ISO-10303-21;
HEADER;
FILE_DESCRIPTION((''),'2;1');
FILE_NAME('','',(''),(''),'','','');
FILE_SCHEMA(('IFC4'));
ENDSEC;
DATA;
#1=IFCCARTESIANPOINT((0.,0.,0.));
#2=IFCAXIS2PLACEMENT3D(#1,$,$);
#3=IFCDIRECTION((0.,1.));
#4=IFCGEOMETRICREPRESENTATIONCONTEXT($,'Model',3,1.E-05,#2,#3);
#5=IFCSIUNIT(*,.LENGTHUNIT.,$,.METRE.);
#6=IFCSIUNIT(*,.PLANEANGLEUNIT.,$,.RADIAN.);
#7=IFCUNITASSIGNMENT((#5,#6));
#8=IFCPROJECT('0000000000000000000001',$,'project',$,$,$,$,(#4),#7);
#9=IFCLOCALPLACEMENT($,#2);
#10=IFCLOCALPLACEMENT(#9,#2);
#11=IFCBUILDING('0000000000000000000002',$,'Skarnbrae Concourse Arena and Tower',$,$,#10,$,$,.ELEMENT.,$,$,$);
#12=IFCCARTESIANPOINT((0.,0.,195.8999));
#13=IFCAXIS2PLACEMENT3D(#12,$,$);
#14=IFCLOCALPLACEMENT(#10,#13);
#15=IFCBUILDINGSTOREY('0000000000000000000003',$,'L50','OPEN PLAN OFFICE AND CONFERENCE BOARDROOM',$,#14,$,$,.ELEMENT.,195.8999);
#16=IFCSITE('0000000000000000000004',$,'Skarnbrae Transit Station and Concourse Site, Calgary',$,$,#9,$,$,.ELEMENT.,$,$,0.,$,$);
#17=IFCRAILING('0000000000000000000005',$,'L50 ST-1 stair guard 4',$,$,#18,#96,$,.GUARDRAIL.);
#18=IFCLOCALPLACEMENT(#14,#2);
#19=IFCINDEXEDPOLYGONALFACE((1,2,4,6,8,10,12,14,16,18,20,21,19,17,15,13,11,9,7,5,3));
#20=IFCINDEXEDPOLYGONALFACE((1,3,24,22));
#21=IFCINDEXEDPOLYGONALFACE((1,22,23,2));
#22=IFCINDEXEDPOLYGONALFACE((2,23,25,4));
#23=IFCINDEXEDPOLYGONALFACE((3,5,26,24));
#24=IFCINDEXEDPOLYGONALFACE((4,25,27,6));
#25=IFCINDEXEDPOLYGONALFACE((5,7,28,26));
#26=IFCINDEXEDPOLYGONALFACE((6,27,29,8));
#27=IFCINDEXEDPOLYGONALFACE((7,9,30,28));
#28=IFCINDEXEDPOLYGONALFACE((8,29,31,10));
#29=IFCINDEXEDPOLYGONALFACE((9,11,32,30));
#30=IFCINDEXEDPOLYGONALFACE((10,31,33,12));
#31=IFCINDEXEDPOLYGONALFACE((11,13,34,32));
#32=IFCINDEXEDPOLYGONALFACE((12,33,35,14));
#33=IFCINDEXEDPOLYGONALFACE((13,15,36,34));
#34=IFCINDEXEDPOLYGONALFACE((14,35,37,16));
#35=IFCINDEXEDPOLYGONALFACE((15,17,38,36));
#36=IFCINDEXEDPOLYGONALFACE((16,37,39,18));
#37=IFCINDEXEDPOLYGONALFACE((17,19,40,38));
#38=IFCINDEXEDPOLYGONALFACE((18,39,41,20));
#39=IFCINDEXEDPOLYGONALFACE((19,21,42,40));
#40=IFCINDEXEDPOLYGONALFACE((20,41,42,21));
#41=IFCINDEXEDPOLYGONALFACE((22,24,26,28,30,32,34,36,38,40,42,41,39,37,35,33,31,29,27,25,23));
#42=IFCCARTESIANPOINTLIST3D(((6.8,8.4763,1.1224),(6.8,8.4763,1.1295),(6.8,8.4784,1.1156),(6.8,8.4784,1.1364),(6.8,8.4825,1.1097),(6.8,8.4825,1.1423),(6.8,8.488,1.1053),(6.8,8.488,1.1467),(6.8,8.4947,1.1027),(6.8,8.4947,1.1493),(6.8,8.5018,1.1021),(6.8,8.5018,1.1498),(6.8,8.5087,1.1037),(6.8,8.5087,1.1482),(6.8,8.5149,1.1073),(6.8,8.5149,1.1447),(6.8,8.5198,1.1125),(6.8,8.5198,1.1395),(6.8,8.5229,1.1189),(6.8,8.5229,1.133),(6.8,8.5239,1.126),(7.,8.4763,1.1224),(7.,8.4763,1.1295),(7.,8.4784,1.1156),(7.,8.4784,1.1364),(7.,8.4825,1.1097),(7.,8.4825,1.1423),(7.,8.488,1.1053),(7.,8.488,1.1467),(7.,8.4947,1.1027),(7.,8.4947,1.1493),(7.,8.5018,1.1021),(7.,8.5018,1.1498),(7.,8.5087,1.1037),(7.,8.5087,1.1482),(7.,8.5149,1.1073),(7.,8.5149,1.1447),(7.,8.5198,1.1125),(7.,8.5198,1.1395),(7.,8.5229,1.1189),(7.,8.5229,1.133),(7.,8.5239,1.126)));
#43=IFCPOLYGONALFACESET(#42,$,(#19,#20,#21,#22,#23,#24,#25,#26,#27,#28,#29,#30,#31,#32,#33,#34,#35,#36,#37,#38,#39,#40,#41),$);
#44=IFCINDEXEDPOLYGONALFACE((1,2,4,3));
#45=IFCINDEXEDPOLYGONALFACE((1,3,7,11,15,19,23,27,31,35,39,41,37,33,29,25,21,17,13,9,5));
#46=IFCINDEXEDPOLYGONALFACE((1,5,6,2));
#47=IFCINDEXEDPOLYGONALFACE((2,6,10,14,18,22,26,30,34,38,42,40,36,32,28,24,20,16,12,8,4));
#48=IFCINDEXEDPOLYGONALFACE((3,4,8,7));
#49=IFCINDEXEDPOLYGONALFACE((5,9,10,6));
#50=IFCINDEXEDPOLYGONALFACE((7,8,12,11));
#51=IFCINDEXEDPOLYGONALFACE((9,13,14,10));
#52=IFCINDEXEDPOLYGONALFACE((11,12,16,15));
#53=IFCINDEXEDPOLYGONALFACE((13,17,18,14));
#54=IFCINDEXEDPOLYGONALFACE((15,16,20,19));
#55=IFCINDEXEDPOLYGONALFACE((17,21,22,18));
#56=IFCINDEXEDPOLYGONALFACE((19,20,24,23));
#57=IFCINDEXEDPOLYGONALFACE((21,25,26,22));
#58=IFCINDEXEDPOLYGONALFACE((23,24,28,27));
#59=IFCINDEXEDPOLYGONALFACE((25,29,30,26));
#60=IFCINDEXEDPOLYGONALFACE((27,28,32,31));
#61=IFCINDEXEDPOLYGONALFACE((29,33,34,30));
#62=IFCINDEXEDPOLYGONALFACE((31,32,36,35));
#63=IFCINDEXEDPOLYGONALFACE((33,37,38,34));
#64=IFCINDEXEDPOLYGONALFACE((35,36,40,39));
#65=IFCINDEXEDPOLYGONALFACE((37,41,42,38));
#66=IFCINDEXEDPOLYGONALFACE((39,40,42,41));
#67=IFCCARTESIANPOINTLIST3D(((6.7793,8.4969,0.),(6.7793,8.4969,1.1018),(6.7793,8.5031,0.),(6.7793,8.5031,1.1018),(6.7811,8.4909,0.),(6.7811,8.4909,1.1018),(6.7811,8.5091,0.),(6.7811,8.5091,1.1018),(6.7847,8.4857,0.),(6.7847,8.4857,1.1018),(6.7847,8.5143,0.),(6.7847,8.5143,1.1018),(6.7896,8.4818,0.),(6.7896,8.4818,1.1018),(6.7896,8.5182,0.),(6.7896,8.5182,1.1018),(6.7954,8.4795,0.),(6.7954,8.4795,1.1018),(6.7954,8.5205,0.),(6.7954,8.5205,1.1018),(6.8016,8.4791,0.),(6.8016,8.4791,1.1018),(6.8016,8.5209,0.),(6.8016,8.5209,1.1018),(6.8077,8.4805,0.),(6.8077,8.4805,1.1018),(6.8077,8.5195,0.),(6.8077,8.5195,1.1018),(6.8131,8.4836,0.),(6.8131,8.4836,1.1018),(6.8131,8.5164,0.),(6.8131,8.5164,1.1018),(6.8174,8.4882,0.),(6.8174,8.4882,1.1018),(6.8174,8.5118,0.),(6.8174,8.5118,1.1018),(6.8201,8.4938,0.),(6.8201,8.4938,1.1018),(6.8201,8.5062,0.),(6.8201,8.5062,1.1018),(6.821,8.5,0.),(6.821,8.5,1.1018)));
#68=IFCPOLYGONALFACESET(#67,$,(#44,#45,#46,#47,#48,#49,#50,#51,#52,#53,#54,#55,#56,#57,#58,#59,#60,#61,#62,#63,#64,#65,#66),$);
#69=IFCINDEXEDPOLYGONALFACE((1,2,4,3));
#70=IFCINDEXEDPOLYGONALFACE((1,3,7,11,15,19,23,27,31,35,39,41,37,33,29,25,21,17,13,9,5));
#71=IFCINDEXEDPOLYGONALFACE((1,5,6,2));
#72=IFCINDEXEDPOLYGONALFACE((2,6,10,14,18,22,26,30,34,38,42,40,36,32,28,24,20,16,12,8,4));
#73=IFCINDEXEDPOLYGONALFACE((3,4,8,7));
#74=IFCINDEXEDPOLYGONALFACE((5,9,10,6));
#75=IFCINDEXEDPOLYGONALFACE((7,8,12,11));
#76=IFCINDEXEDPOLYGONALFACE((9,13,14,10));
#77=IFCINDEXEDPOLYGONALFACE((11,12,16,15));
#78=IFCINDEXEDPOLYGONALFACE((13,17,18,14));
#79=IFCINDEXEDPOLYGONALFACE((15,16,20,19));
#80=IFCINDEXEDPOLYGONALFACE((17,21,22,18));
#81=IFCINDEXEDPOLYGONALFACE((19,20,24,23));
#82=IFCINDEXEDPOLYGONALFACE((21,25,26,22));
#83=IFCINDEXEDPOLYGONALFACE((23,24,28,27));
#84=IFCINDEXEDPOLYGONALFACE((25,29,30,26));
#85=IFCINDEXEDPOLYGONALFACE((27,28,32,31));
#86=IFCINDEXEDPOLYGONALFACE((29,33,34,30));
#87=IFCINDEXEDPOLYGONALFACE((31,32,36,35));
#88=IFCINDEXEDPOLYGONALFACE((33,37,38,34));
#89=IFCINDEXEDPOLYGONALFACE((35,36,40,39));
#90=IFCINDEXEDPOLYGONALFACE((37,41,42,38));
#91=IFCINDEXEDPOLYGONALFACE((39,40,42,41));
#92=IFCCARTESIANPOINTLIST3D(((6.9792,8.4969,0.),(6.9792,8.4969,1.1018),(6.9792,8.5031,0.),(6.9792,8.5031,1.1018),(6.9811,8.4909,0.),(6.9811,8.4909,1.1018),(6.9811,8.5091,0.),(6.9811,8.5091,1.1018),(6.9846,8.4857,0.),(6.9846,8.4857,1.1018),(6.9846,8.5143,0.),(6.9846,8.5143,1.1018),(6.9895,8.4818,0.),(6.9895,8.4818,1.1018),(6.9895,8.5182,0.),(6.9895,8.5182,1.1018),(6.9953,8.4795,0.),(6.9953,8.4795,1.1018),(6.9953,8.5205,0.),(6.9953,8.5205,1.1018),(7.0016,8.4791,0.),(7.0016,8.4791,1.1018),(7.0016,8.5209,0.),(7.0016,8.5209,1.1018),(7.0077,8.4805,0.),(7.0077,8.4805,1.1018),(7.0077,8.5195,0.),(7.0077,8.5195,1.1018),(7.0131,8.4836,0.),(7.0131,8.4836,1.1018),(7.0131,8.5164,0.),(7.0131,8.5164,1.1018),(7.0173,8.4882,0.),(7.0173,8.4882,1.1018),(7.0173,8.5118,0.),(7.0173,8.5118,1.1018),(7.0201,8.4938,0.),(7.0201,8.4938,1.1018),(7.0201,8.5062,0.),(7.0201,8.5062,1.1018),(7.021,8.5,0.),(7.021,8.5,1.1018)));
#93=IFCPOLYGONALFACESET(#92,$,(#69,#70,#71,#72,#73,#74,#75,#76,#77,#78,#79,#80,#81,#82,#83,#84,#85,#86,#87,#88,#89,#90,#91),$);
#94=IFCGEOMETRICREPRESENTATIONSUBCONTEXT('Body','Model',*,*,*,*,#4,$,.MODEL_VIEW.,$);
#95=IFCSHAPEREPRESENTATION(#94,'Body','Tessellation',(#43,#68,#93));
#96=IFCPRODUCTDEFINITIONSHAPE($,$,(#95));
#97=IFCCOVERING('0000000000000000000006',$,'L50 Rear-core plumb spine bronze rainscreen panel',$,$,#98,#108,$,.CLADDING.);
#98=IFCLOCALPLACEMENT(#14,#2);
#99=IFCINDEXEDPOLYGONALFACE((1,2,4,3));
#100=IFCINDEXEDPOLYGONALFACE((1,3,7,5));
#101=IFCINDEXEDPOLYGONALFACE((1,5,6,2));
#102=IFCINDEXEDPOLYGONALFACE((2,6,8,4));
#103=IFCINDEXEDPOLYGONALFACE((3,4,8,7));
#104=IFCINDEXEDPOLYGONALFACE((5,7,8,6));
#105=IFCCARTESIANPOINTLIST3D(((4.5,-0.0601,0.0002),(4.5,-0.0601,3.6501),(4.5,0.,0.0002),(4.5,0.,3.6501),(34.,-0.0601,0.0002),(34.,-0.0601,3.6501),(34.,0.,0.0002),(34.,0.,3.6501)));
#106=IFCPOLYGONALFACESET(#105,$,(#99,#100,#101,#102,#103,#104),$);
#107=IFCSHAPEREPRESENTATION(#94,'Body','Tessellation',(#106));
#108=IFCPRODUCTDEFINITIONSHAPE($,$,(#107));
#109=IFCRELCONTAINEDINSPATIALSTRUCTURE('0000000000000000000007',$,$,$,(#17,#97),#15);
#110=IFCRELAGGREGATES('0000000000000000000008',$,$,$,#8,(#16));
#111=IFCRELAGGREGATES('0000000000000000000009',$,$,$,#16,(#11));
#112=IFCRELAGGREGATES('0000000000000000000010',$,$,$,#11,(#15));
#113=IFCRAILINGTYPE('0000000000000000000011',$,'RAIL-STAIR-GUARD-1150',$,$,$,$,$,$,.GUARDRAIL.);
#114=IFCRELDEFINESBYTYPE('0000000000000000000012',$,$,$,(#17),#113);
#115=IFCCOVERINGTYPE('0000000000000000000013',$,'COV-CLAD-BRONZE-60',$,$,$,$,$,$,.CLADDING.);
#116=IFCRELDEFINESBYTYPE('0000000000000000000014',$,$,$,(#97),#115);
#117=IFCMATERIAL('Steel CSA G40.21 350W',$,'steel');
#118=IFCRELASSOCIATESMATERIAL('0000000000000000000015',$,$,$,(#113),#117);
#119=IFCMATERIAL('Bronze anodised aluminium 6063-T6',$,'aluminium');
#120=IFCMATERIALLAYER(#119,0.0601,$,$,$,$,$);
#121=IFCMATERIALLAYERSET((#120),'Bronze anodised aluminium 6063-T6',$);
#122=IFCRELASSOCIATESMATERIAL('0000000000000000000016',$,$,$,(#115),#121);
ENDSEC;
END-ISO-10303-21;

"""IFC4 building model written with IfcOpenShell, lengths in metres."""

from ifc_helpers import new_model, si_unit, direction, frame, origin, origin_2d, place, context, subcontext, project, spatial, rectangle, circle, extrude, source, transform, mapped, material, layer, layer_set, type_object, element, save


model = new_model("IFC4")

# Units and contexts
model_context = context("Model", 3, precision=1e-05, world=origin(), true_north=direction((0.0, 1.0)))
body_context = subcontext(model_context, "Body", "Model", "MODEL_VIEW")
ifc_project = project(units=[si_unit("LENGTHUNIT", "METRE"), si_unit("PLANEANGLEUNIT", "RADIAN")], contexts=[model_context])

# Site, building, storey
site_placement = place(None, origin())
site = spatial("IfcSite", under=ifc_project, at=site_placement, Name="Skarnbrae Transit Station and Concourse Site, Calgary", CompositionType="ELEMENT", RefElevation=0.0)
building_placement = place(site_placement, origin())
building = spatial("IfcBuilding", under=site, at=building_placement, Name="Skarnbrae Concourse Arena and Tower", CompositionType="ELEMENT")
storey_placement = place(building_placement, frame((0.0, 0.0, 195.8999)))
storey = spatial("IfcBuildingStorey", under=building, at=storey_placement, Name="L50", Description="OPEN PLAN OFFICE AND CONFERENCE BOARDROOM", CompositionType="ELEMENT", Elevation=195.8999)

# Shared definitions
ifc_material_1 = material(Name="Steel CSA G40.21 350W", Category="steel")

# Railing
railing_type_1 = type_object("IfcRailingType", Name="RAIL-STAIR-GUARD-1150", PredefinedType="GUARDRAIL", material=ifc_material_1)
railing_1_placement = place(storey_placement, frame((6.8, 8.5, 0.0)))
element("IfcRailing", 1, at=railing_1_placement, inside=storey, type_object=railing_type_1, Name="L50 ST-1 stair guard 4", PredefinedType="GUARDRAIL", context=body_context, shape_type="SweptSolid", body=[
    extrude(circle(Radius=0.0239, at=origin_2d()), frame((0.0, 0.0, 1.126), z_axis=(1.0, 0.0, 0.0), x_axis=(0.0, 1.0, 0.0)), (0.0, 0.0, 1.0), 0.2),
    extrude(circle(Radius=0.021, at=origin_2d()), origin(), (0.0, 0.0, 1.0), 1.1018),
    extrude(circle(Radius=0.021, at=origin_2d()), frame((0.2, 0.0, 0.0)), (0.0, 0.0, 1.0), 1.1018),
])

# Covering
ifc_material_2 = material(Name="Bronze anodised aluminium 6063-T6", Category="aluminium")
ifc_layer_1 = layer(ifc_material_2, 0.0601)
ifc_layer_set_1 = layer_set([ifc_layer_1], Name="Bronze anodised aluminium 6063-T6")
covering_type = type_object("IfcCoveringType", Name="COV-CLAD-BRONZE-60", PredefinedType="CLADDING", material=ifc_layer_set_1)
shared_shape_1 = source(origin(), body_context, "Body", "SweptSolid", [
    extrude(rectangle(XDim=29.5, YDim=0.0601, at=origin_2d()), origin(), (0.0, 0.0, 1.0), 3.6499),
])
covering_placement = place(storey_placement, frame((19.25, -0.03, 0.0002), z_axis=(0.0, 0.0, 1.0), x_axis=(1.0, 0.0, 0.0)))
element("IfcCovering", 2, at=covering_placement, inside=storey, type_object=covering_type, Name="L50 Rear-core plumb spine bronze rainscreen panel", PredefinedType="CLADDING", context=body_context, shape_type="MappedRepresentation", body=[
    mapped(shared_shape_1, transform((0.0, 0.0, 0.0))),
])

save(model, "model.ifc")
